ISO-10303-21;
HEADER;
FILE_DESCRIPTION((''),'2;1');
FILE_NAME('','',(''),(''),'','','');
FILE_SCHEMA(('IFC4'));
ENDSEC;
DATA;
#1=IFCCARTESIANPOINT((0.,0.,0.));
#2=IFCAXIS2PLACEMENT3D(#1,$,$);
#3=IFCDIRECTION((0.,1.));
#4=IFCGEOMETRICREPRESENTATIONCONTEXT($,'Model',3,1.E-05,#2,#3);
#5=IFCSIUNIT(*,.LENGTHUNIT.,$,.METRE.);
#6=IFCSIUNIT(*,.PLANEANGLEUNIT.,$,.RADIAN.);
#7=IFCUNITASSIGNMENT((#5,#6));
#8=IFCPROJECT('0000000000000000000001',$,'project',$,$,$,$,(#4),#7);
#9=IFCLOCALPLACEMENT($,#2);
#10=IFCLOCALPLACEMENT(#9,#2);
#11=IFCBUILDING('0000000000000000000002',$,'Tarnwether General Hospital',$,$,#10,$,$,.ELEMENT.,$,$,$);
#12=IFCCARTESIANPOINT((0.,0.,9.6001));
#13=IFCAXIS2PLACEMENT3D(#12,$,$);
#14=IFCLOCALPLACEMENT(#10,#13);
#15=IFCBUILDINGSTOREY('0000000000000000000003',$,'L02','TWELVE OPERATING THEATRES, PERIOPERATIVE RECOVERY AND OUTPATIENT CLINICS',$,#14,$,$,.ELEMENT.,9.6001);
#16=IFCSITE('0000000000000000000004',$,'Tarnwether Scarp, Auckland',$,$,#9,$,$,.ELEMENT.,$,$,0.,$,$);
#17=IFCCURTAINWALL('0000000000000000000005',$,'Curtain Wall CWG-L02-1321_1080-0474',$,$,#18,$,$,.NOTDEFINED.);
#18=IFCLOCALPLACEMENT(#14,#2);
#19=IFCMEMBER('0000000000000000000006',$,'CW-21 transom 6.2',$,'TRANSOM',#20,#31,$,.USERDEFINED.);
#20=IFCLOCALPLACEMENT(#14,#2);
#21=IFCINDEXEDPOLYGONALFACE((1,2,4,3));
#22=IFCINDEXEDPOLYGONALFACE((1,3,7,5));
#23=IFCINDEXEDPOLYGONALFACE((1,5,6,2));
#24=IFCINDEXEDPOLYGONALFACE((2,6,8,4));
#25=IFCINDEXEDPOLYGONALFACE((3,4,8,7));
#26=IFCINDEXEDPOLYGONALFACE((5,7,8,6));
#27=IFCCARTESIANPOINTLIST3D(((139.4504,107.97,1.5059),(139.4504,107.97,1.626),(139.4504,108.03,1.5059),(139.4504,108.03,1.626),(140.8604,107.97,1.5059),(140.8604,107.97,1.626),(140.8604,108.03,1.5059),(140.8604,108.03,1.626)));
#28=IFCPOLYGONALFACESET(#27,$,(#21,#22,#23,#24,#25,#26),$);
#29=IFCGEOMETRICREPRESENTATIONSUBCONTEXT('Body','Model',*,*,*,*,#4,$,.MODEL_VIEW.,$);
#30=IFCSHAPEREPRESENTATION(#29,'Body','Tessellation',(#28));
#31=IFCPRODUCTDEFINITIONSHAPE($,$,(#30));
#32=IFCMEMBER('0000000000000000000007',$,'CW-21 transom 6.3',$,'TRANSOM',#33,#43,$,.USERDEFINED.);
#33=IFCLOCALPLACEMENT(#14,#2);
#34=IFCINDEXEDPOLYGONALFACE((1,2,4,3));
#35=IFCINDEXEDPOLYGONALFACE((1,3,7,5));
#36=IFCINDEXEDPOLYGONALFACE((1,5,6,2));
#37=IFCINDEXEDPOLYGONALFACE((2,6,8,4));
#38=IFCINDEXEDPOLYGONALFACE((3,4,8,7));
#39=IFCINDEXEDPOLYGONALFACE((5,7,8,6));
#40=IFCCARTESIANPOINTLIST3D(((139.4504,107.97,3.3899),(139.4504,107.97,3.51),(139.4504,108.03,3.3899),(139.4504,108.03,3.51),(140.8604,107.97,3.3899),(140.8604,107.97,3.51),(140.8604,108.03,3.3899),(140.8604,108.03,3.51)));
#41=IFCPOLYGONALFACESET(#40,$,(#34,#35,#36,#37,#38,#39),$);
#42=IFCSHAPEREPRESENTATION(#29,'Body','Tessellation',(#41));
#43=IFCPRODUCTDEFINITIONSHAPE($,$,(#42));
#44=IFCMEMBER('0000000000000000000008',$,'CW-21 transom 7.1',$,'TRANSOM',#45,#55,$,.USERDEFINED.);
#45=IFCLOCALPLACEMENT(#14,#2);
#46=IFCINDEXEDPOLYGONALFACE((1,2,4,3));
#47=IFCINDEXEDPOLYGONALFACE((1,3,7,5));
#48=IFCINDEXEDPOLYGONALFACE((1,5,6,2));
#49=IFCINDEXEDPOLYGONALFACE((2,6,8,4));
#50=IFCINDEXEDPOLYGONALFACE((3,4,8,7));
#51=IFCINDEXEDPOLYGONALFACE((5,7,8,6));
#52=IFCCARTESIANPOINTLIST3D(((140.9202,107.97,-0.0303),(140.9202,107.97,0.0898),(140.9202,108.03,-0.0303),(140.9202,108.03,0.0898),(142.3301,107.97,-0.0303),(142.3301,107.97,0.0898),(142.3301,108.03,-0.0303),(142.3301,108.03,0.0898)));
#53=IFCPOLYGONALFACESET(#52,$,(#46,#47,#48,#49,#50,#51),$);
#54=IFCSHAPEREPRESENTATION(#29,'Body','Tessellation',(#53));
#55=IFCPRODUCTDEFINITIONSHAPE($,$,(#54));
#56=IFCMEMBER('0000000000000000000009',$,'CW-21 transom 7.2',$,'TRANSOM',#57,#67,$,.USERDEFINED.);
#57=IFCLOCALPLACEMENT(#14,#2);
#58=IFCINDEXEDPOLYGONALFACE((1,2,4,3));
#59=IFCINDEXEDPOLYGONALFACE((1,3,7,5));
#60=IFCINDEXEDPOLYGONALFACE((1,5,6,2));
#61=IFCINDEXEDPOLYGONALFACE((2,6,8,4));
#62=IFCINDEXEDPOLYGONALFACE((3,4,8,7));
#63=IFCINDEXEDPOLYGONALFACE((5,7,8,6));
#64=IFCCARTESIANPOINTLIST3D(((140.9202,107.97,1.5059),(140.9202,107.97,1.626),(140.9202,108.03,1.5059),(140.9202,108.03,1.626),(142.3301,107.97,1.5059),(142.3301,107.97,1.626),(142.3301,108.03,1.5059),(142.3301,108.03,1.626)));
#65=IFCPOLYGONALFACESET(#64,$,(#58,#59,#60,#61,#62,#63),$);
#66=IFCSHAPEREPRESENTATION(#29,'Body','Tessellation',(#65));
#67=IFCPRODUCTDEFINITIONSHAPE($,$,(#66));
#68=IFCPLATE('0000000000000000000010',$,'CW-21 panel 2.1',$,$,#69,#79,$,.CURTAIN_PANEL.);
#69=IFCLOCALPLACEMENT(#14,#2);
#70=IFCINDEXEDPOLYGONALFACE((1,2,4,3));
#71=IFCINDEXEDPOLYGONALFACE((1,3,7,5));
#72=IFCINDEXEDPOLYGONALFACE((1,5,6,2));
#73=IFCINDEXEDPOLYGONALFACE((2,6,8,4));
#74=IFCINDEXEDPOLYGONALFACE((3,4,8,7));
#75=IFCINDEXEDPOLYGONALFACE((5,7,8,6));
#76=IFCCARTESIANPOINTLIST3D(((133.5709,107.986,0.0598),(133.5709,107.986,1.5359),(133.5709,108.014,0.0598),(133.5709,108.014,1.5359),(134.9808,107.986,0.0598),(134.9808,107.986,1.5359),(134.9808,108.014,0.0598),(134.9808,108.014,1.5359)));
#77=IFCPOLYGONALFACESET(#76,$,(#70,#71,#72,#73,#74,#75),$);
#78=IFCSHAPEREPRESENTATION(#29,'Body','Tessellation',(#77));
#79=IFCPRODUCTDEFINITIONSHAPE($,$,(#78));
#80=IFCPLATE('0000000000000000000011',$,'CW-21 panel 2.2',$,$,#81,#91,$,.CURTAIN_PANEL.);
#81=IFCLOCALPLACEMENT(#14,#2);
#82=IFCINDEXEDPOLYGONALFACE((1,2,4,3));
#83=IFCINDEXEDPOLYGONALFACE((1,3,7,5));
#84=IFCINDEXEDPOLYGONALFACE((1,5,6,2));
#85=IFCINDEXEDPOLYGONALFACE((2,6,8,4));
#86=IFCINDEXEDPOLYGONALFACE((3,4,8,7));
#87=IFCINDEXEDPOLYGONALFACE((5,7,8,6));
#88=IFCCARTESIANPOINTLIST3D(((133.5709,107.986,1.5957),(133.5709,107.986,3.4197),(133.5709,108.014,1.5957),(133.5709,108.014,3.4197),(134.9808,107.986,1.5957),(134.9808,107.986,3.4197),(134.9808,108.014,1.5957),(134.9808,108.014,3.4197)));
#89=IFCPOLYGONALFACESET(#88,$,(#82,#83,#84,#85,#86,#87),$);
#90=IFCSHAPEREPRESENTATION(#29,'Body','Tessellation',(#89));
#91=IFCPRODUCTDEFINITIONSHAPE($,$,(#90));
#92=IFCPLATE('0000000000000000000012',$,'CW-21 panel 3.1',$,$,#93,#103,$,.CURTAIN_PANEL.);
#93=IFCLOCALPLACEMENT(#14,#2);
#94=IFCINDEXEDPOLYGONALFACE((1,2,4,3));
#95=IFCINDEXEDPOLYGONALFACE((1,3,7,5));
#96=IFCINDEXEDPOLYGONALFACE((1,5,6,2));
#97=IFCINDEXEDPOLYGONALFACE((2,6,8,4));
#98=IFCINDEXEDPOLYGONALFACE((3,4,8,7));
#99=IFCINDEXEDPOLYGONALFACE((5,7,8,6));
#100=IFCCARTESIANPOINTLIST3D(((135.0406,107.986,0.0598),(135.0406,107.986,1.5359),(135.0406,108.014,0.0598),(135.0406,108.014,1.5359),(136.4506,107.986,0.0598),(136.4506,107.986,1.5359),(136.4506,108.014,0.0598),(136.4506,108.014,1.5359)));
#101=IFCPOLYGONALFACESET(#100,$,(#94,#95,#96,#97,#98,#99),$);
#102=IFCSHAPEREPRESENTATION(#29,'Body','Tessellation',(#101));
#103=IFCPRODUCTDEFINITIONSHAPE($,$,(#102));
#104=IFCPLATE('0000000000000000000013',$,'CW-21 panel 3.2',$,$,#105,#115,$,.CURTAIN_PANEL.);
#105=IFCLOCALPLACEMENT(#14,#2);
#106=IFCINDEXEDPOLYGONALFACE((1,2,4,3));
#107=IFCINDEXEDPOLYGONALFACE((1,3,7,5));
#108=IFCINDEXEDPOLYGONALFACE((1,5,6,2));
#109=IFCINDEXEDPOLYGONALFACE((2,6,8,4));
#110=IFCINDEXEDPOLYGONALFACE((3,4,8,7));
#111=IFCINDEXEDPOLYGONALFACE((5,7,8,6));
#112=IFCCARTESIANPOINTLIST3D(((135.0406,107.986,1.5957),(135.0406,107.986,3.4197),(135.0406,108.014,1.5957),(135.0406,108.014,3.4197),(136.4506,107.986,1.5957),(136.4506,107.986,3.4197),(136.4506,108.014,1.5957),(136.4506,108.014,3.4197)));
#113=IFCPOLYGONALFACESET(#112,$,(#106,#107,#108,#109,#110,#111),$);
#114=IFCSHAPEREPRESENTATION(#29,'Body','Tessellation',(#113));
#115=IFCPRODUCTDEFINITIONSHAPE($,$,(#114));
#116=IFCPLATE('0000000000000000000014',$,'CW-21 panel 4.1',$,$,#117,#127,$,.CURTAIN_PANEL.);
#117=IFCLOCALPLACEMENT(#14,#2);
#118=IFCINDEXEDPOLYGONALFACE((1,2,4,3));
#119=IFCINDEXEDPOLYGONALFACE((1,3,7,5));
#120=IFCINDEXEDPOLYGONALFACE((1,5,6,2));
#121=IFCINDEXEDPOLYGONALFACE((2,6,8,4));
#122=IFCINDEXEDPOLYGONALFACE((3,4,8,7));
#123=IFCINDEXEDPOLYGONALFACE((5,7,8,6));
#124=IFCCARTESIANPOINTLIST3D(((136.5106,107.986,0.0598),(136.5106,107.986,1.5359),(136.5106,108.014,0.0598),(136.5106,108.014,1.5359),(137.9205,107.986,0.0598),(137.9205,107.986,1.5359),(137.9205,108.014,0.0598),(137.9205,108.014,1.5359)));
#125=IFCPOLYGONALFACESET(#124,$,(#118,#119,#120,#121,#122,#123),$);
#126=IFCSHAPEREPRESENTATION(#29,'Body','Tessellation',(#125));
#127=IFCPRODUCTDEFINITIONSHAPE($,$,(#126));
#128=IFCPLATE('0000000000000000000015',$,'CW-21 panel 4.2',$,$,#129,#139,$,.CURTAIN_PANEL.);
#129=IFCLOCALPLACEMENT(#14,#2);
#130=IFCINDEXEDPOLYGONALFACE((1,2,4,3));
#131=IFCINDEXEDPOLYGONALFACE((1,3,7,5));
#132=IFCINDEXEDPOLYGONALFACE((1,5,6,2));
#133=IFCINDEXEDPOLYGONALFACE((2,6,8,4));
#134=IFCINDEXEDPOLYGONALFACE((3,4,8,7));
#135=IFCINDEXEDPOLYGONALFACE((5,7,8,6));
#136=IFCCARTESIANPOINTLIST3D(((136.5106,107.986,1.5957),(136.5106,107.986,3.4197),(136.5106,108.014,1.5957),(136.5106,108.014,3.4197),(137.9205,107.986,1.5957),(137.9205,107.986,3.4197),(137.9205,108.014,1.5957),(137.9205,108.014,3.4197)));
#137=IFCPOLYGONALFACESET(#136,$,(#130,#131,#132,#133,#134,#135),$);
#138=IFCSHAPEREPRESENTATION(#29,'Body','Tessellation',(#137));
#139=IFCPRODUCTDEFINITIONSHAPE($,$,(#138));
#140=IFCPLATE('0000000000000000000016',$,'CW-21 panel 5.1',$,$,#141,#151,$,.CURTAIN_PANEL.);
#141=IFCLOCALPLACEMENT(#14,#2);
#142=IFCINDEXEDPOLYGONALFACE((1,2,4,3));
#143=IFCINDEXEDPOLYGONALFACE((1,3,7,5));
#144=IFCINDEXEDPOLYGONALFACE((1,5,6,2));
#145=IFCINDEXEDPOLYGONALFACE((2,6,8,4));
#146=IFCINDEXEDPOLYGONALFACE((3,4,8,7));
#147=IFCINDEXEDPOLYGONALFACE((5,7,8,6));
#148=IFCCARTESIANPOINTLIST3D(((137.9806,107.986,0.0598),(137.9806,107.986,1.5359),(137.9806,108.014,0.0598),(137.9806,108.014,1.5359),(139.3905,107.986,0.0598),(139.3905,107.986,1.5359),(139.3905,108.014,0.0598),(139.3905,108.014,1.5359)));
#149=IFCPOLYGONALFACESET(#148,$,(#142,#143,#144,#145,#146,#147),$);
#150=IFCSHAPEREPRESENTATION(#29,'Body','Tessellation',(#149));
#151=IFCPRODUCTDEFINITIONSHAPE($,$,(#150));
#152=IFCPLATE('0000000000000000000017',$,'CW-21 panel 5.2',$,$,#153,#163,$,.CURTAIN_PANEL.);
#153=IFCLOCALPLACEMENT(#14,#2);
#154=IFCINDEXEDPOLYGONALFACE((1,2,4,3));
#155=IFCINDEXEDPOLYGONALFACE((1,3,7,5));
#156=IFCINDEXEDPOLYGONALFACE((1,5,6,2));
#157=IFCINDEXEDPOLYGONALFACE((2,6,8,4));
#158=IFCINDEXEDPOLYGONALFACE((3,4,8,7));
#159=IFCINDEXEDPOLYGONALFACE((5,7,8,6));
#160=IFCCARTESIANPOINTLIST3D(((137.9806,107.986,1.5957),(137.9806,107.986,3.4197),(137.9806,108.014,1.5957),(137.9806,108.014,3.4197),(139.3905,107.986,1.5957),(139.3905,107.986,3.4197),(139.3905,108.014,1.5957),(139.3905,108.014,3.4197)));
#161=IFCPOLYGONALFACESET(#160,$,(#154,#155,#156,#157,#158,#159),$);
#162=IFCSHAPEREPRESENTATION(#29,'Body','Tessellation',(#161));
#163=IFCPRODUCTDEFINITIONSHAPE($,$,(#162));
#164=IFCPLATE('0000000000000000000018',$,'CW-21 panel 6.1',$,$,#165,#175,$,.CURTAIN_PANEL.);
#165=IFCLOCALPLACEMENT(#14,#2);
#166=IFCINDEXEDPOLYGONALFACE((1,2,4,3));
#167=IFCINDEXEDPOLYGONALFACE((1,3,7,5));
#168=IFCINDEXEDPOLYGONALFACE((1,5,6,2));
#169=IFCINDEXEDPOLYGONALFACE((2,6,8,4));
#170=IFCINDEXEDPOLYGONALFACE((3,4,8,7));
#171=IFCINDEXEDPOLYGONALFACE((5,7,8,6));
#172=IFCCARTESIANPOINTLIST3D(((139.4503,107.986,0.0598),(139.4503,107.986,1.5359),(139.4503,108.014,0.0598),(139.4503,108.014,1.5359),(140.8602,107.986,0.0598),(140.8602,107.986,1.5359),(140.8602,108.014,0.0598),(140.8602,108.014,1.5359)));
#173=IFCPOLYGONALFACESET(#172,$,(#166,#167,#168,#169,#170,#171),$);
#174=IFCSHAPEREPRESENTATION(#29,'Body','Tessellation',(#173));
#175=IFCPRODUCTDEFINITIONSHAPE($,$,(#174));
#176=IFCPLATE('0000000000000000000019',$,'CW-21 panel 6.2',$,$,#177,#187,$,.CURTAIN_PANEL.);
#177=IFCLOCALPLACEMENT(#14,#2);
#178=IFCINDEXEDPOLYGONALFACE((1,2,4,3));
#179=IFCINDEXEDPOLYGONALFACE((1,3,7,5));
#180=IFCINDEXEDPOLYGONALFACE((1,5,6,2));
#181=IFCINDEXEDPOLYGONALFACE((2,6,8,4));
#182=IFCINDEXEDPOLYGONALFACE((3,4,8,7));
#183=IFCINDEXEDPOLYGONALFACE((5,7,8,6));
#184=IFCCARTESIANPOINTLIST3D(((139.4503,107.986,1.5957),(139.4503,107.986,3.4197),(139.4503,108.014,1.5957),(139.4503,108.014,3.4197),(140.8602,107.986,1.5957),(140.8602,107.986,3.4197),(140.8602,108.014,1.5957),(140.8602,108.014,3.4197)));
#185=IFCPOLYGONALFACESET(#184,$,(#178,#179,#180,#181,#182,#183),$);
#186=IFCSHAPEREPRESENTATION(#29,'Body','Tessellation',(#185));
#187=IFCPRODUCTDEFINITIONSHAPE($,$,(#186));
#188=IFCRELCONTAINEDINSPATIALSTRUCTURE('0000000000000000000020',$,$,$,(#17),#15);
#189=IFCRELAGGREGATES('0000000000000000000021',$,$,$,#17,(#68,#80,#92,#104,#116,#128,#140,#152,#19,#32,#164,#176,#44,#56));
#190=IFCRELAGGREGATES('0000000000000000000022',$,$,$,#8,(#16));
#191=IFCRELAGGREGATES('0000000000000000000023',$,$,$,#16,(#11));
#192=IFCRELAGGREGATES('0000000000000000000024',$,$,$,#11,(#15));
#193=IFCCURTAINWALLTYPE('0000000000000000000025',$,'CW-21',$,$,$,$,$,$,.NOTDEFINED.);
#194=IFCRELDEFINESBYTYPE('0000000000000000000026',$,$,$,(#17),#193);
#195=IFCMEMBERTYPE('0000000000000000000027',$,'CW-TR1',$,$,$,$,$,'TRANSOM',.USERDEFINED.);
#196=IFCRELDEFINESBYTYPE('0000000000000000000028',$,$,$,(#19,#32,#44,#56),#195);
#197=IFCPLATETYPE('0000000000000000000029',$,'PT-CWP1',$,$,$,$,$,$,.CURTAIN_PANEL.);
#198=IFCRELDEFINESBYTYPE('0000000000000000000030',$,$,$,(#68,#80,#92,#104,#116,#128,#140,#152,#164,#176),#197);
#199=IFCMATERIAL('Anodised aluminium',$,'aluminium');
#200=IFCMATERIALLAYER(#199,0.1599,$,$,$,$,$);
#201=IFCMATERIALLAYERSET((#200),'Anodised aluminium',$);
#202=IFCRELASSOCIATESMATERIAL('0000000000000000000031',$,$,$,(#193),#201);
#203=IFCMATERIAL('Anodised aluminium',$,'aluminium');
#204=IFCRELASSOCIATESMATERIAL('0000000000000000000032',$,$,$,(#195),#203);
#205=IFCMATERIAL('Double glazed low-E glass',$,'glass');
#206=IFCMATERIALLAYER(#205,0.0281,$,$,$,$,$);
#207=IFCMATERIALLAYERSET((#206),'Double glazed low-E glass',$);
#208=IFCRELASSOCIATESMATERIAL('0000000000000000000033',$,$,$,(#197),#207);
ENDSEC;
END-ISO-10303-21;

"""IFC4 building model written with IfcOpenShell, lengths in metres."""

from ifc_helpers import new_model, si_unit, direction, frame, origin, origin_2d, place, context, subcontext, project, spatial, rectangle, extrude, material, layer, layer_set, material_profile, profile_set, type_object, element, aggregate, save


model = new_model("IFC4")

# Units and contexts
model_context = context("Model", 3, precision=1e-05, world=origin(), true_north=direction((0.0, 1.0)))
body_context = subcontext(model_context, "Body", "Model", "MODEL_VIEW")
ifc_project = project(units=[si_unit("LENGTHUNIT", "METRE"), si_unit("PLANEANGLEUNIT", "RADIAN")], contexts=[model_context])

# Site, building, storey
site_placement = place(None, origin())
site = spatial("IfcSite", under=ifc_project, at=site_placement, Name="Tarnwether Scarp, Auckland", CompositionType="ELEMENT", RefElevation=0.0)
building_placement = place(site_placement, origin())
building = spatial("IfcBuilding", under=site, at=building_placement, Name="Tarnwether General Hospital", CompositionType="ELEMENT")
storey_placement = place(building_placement, frame((0.0, 0.0, 9.6001)))
storey = spatial("IfcBuildingStorey", under=building, at=storey_placement, Name="L02", Description="TWELVE OPERATING THEATRES, PERIOPERATIVE RECOVERY AND OUTPATIENT CLINICS", CompositionType="ELEMENT", Elevation=9.6001)

# Curtain wall, members, plates
ifc_material_1 = material(Name="Anodised aluminium", Category="aluminium")
ifc_layer_1 = layer(ifc_material_1, 0.1599)
ifc_layer_set_1 = layer_set([ifc_layer_1], Name="Anodised aluminium")
curtain_wall_type = type_object("IfcCurtainWallType", Name="CW-21", PredefinedType="NOTDEFINED", material=ifc_layer_set_1)
curtain_wall_placement = place(storey_placement, origin())
curtain_wall = element("IfcCurtainWall", 1, at=curtain_wall_placement, inside=storey, type_object=curtain_wall_type, Name="Curtain Wall CWG-L02-1321_1080-0474", PredefinedType="NOTDEFINED")
ifc_material_2 = material(Name="Anodised aluminium", Category="aluminium")
ifc_material_profile_1 = material_profile(ifc_material_2, rectangle(XDim=0.0601, YDim=0.1201, at=origin_2d()), Name="ALU-TRN-60x120")
ifc_profile_set_1 = profile_set([ifc_material_profile_1], Name="Anodised aluminium")
member_type_1 = type_object("IfcMemberType", Name="CW-TR1", ElementType="TRANSOM", PredefinedType="USERDEFINED", material=ifc_profile_set_1)
member_1_placement = place(storey_placement, frame((139.4504, 108.0, 1.5659), z_axis=(1.0, 0.0, 0.0), x_axis=(0.0, 1.0, 0.0)))
member_1 = element("IfcMember", 2, at=member_1_placement, type_object=member_type_1, Name="CW-21 transom 6.2", ObjectType="TRANSOM", PredefinedType="USERDEFINED", context=body_context, shape_type="SweptSolid", body=[
    extrude(rectangle(XDim=0.0601, YDim=0.1201, at=origin_2d()), origin(), (0.0, 0.0, 1.0), 1.4099),
])
member_2_placement = place(storey_placement, frame((139.4504, 108.0, 3.45), z_axis=(1.0, 0.0, 0.0), x_axis=(0.0, 1.0, 0.0)))
member_2 = element("IfcMember", 3, at=member_2_placement, type_object=member_type_1, Name="CW-21 transom 6.3", ObjectType="TRANSOM", PredefinedType="USERDEFINED", context=body_context, shape_type="SweptSolid", body=[
    extrude(rectangle(XDim=0.0601, YDim=0.1201, at=origin_2d()), origin(), (0.0, 0.0, 1.0), 1.4099),
])
member_3_placement = place(storey_placement, frame((140.9202, 108.0, 0.0298), z_axis=(1.0, 0.0, 0.0), x_axis=(0.0, 1.0, 0.0)))
member_3 = element("IfcMember", 4, at=member_3_placement, type_object=member_type_1, Name="CW-21 transom 7.1", ObjectType="TRANSOM", PredefinedType="USERDEFINED", context=body_context, shape_type="SweptSolid", body=[
    extrude(rectangle(XDim=0.0601, YDim=0.1201, at=origin_2d()), origin(), (0.0, 0.0, 1.0), 1.4099),
])
member_4_placement = place(storey_placement, frame((140.9202, 108.0, 1.5659), z_axis=(1.0, 0.0, 0.0), x_axis=(0.0, 1.0, 0.0)))
member_4 = element("IfcMember", 5, at=member_4_placement, type_object=member_type_1, Name="CW-21 transom 7.2", ObjectType="TRANSOM", PredefinedType="USERDEFINED", context=body_context, shape_type="SweptSolid", body=[
    extrude(rectangle(XDim=0.0601, YDim=0.1201, at=origin_2d()), origin(), (0.0, 0.0, 1.0), 1.4099),
])
ifc_material_3 = material(Name="Double glazed low-E glass", Category="glass")
ifc_layer_2 = layer(ifc_material_3, 0.0281)
ifc_layer_set_2 = layer_set([ifc_layer_2], Name="Double glazed low-E glass")
plate_type = type_object("IfcPlateType", Name="PT-CWP1", PredefinedType="CURTAIN_PANEL", material=ifc_layer_set_2)
plate_1_placement = place(storey_placement, frame((134.2759, 108.0, 0.0598), z_axis=(0.0, 0.0, 1.0), x_axis=(1.0, 0.0, 0.0)))
plate_1 = element("IfcPlate", 6, at=plate_1_placement, type_object=plate_type, Name="CW-21 panel 2.1", PredefinedType="CURTAIN_PANEL", context=body_context, shape_type="SweptSolid", body=[
    extrude(rectangle(XDim=1.4099, YDim=0.0281, at=origin_2d()), origin(), (0.0, 0.0, 1.0), 1.4761),
])
plate_2_placement = place(storey_placement, frame((134.2759, 108.0, 1.5957), z_axis=(0.0, 0.0, 1.0), x_axis=(1.0, 0.0, 0.0)))
plate_2 = element("IfcPlate", 7, at=plate_2_placement, type_object=plate_type, Name="CW-21 panel 2.2", PredefinedType="CURTAIN_PANEL", context=body_context, shape_type="SweptSolid", body=[
    extrude(rectangle(XDim=1.4099, YDim=0.0281, at=origin_2d()), origin(), (0.0, 0.0, 1.0), 1.824),
])
plate_3_placement = place(storey_placement, frame((135.7456, 108.0, 0.0598), z_axis=(0.0, 0.0, 1.0), x_axis=(1.0, 0.0, 0.0)))
plate_3 = element("IfcPlate", 8, at=plate_3_placement, type_object=plate_type, Name="CW-21 panel 3.1", PredefinedType="CURTAIN_PANEL", context=body_context, shape_type="SweptSolid", body=[
    extrude(rectangle(XDim=1.4099, YDim=0.0281, at=origin_2d()), origin(), (0.0, 0.0, 1.0), 1.4761),
])
plate_4_placement = place(storey_placement, frame((135.7456, 108.0, 1.5957), z_axis=(0.0, 0.0, 1.0), x_axis=(1.0, 0.0, 0.0)))
plate_4 = element("IfcPlate", 9, at=plate_4_placement, type_object=plate_type, Name="CW-21 panel 3.2", PredefinedType="CURTAIN_PANEL", context=body_context, shape_type="SweptSolid", body=[
    extrude(rectangle(XDim=1.4099, YDim=0.0281, at=origin_2d()), origin(), (0.0, 0.0, 1.0), 1.824),
])
plate_5_placement = place(storey_placement, frame((137.2156, 108.0, 0.0598), z_axis=(0.0, 0.0, 1.0), x_axis=(1.0, 0.0, 0.0)))
plate_5 = element("IfcPlate", 10, at=plate_5_placement, type_object=plate_type, Name="CW-21 panel 4.1", PredefinedType="CURTAIN_PANEL", context=body_context, shape_type="SweptSolid", body=[
    extrude(rectangle(XDim=1.4099, YDim=0.0281, at=origin_2d()), origin(), (0.0, 0.0, 1.0), 1.4761),
])
plate_6_placement = place(storey_placement, frame((137.2156, 108.0, 1.5957), z_axis=(0.0, 0.0, 1.0), x_axis=(1.0, 0.0, 0.0)))
plate_6 = element("IfcPlate", 11, at=plate_6_placement, type_object=plate_type, Name="CW-21 panel 4.2", PredefinedType="CURTAIN_PANEL", context=body_context, shape_type="SweptSolid", body=[
    extrude(rectangle(XDim=1.4099, YDim=0.0281, at=origin_2d()), origin(), (0.0, 0.0, 1.0), 1.824),
])
plate_7_placement = place(storey_placement, frame((138.6855, 108.0, 0.0598), z_axis=(0.0, 0.0, 1.0), x_axis=(1.0, 0.0, 0.0)))
plate_7 = element("IfcPlate", 12, at=plate_7_placement, type_object=plate_type, Name="CW-21 panel 5.1", PredefinedType="CURTAIN_PANEL", context=body_context, shape_type="SweptSolid", body=[
    extrude(rectangle(XDim=1.4099, YDim=0.0281, at=origin_2d()), origin(), (0.0, 0.0, 1.0), 1.4761),
])
plate_8_placement = place(storey_placement, frame((138.6855, 108.0, 1.5957), z_axis=(0.0, 0.0, 1.0), x_axis=(1.0, 0.0, 0.0)))
plate_8 = element("IfcPlate", 13, at=plate_8_placement, type_object=plate_type, Name="CW-21 panel 5.2", PredefinedType="CURTAIN_PANEL", context=body_context, shape_type="SweptSolid", body=[
    extrude(rectangle(XDim=1.4099, YDim=0.0281, at=origin_2d()), origin(), (0.0, 0.0, 1.0), 1.824),
])
plate_9_placement = place(storey_placement, frame((140.1553, 108.0, 0.0598), z_axis=(0.0, 0.0, 1.0), x_axis=(1.0, 0.0, 0.0)))
plate_9 = element("IfcPlate", 14, at=plate_9_placement, type_object=plate_type, Name="CW-21 panel 6.1", PredefinedType="CURTAIN_PANEL", context=body_context, shape_type="SweptSolid", body=[
    extrude(rectangle(XDim=1.4099, YDim=0.0281, at=origin_2d()), origin(), (0.0, 0.0, 1.0), 1.4761),
])
plate_10_placement = place(storey_placement, frame((140.1553, 108.0, 1.5957), z_axis=(0.0, 0.0, 1.0), x_axis=(1.0, 0.0, 0.0)))
plate_10 = element("IfcPlate", 15, at=plate_10_placement, type_object=plate_type, Name="CW-21 panel 6.2", PredefinedType="CURTAIN_PANEL", context=body_context, shape_type="SweptSolid", body=[
    extrude(rectangle(XDim=1.4099, YDim=0.0281, at=origin_2d()), origin(), (0.0, 0.0, 1.0), 1.824),
])
aggregate(curtain_wall, [plate_1, plate_2, plate_3, plate_4, plate_5, plate_6, plate_7, plate_8, member_1, member_2, plate_9, plate_10, member_3, member_4])

save(model, "model.ifc")
